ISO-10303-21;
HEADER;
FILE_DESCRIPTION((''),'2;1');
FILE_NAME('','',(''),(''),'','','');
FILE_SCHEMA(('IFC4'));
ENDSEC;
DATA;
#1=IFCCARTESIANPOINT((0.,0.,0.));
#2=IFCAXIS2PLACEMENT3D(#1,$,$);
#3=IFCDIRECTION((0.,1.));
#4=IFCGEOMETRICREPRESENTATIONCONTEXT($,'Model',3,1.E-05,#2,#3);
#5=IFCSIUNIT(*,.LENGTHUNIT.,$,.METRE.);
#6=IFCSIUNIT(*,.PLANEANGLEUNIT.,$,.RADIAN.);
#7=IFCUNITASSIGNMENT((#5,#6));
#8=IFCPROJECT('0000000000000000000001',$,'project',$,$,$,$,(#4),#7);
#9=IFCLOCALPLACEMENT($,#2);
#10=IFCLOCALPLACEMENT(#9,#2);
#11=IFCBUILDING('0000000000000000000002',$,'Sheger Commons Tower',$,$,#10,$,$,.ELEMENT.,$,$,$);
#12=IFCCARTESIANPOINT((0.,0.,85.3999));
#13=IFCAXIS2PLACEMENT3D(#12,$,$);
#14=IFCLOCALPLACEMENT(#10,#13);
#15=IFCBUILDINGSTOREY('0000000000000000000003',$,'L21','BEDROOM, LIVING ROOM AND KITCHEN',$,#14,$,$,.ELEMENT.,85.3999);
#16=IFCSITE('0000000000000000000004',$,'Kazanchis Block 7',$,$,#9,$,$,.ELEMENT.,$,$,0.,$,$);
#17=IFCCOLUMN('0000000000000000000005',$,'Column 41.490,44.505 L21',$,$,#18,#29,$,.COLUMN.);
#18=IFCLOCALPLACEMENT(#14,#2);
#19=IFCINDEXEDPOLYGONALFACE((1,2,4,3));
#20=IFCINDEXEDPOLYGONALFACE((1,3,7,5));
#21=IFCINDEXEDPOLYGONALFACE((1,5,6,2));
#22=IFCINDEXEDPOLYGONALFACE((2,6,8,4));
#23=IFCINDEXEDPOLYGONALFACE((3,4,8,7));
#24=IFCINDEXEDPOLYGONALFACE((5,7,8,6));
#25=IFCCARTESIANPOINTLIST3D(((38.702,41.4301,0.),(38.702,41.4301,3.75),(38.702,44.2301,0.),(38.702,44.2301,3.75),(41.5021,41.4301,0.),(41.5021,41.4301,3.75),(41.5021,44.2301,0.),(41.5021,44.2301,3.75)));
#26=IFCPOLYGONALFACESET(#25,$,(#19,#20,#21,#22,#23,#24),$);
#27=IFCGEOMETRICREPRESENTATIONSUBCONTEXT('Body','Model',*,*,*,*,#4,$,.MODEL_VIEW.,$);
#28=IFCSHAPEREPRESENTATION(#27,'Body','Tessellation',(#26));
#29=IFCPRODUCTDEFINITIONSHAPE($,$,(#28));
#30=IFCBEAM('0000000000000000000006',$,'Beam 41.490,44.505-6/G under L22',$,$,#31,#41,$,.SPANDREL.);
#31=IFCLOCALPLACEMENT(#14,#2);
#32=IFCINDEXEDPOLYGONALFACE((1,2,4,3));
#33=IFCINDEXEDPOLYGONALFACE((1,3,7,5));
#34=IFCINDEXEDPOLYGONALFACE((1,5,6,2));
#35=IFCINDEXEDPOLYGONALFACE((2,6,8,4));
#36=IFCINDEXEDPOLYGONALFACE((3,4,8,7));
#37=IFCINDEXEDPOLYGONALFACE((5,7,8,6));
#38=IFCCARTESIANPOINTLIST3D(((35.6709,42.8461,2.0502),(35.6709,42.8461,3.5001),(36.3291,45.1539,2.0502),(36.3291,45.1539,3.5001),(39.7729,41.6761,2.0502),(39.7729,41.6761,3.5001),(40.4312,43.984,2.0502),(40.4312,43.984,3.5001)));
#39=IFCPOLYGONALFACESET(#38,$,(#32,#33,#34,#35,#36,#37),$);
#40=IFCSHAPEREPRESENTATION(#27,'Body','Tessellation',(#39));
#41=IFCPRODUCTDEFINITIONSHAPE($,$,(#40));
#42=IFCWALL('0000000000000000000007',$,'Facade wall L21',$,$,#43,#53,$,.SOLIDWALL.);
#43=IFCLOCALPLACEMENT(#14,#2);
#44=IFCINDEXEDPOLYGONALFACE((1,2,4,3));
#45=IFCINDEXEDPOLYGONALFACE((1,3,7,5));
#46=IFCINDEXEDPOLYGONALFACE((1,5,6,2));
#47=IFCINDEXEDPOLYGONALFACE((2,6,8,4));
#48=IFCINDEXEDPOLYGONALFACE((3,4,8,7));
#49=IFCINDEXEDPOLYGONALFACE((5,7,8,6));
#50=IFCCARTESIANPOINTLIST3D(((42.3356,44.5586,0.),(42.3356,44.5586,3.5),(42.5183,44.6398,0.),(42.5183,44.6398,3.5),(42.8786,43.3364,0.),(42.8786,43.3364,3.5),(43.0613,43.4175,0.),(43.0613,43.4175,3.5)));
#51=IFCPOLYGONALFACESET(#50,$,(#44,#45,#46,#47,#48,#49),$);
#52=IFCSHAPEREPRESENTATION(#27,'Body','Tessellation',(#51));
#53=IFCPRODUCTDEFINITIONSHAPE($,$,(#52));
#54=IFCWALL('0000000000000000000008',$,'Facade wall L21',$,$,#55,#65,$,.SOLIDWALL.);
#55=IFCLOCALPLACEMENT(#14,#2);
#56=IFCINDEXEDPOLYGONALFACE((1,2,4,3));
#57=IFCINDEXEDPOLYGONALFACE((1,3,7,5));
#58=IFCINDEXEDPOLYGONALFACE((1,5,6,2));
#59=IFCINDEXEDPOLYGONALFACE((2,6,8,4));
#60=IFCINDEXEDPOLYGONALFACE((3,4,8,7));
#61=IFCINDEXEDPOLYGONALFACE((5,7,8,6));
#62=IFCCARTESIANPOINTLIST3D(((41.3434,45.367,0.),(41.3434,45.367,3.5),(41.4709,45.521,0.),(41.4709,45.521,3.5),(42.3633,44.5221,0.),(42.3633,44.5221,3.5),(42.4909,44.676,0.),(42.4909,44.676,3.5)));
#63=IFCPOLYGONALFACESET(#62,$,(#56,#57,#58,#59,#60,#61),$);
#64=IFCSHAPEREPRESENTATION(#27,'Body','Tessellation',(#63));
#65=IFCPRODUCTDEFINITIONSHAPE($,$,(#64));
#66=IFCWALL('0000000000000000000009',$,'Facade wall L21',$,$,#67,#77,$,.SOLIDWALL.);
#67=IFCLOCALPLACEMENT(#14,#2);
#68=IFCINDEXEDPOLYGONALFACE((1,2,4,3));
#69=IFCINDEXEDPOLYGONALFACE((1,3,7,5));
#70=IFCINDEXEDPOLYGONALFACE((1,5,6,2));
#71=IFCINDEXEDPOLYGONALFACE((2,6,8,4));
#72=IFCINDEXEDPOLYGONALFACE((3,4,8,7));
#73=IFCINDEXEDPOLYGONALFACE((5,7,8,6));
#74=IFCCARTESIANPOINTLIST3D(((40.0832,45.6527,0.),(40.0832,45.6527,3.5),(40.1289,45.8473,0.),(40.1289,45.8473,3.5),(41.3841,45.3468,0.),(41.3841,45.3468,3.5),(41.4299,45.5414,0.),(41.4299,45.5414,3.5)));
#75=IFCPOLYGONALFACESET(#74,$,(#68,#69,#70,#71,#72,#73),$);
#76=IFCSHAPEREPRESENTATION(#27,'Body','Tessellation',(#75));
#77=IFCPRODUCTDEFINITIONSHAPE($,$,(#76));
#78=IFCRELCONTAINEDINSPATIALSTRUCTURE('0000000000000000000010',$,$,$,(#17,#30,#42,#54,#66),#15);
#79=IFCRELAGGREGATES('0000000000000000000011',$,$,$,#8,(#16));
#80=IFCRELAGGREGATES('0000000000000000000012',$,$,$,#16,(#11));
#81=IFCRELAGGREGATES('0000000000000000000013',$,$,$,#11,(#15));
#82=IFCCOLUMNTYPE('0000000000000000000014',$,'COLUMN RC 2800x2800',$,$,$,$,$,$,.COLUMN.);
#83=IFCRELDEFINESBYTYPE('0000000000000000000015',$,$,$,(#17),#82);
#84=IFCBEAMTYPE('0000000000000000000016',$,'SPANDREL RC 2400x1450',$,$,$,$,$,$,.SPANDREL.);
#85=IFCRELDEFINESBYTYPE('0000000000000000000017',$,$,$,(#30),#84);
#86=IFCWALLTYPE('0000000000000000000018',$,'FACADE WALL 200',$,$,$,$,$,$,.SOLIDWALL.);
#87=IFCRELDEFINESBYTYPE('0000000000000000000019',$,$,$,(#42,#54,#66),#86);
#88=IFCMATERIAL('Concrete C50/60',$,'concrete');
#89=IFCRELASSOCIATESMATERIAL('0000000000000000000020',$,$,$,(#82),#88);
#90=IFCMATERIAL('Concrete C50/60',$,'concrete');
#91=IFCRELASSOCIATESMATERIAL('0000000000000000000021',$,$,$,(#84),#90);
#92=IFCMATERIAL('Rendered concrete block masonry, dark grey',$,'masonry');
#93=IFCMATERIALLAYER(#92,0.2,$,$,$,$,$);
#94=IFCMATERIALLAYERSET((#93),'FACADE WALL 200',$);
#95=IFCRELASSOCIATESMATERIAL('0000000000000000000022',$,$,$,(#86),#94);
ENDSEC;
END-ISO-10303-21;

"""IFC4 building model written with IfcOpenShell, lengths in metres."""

from ifc_helpers import new_model, si_unit, direction, frame, frame_2d, origin, origin_2d, place, context, subcontext, project, spatial, rectangle, extrude, material, layer, layer_set, material_profile, profile_set, type_object, element, save


model = new_model("IFC4")

# Units and contexts
model_context = context("Model", 3, precision=1e-05, world=origin(), true_north=direction((0.0, 1.0)))
body_context = subcontext(model_context, "Body", "Model", "MODEL_VIEW")
ifc_project = project(units=[si_unit("LENGTHUNIT", "METRE"), si_unit("PLANEANGLEUNIT", "RADIAN")], contexts=[model_context])

# Site, building, storey
site_placement = place(None, origin())
site = spatial("IfcSite", under=ifc_project, at=site_placement, Name="Kazanchis Block 7", CompositionType="ELEMENT", RefElevation=0.0)
building_placement = place(site_placement, origin())
building = spatial("IfcBuilding", under=site, at=building_placement, Name="Sheger Commons Tower", CompositionType="ELEMENT")
storey_placement = place(building_placement, frame((0.0, 0.0, 85.3999)))
storey = spatial("IfcBuildingStorey", under=building, at=storey_placement, Name="L21", Description="BEDROOM, LIVING ROOM AND KITCHEN", CompositionType="ELEMENT", Elevation=85.3999)

# Column
ifc_material_1 = material(Name="Concrete C50/60", Category="concrete")
ifc_material_profile_1 = material_profile(ifc_material_1, rectangle(XDim=2.8, YDim=2.8, at=origin_2d()), Name="RC 2800x2800")
ifc_profile_set_1 = profile_set([ifc_material_profile_1], Name="Concrete C50/60")
column_type = type_object("IfcColumnType", Name="COLUMN RC 2800x2800", PredefinedType="COLUMN", material=ifc_profile_set_1)
column_placement = place(storey_placement, frame((40.1021, 42.8301, 0.0), z_axis=(0.0, 0.0, 1.0), x_axis=(1.0, 0.0, 0.0)))
element("IfcColumn", 1, at=column_placement, inside=storey, type_object=column_type, Name="Column 41.490,44.505 L21", PredefinedType="COLUMN", context=body_context, shape_type="SweptSolid", body=[
    extrude(rectangle(XDim=2.8, YDim=2.8, at=origin_2d()), origin(), (0.0, 0.0, 1.0), 3.75),
])

# Beam
ifc_material_2 = material(Name="Concrete C50/60", Category="concrete")
ifc_material_profile_2 = material_profile(ifc_material_2, rectangle(XDim=2.3999, YDim=1.45, at=origin_2d()), Name="RC 2400x1450")
ifc_profile_set_2 = profile_set([ifc_material_profile_2], Name="Concrete C50/60")
beam_type = type_object("IfcBeamType", Name="SPANDREL RC 2400x1450", PredefinedType="SPANDREL", material=ifc_profile_set_2)
beam_placement = place(storey_placement, frame((40.1021, 42.8301, 2.7751), z_axis=(-0.961653, 0.274268, 0.0), x_axis=(-0.274268, -0.961653, 0.0)))
element("IfcBeam", 2, at=beam_placement, inside=storey, type_object=beam_type, Name="Beam 41.490,44.505-6/G under L22", PredefinedType="SPANDREL", context=body_context, shape_type="SweptSolid", body=[
    extrude(rectangle(XDim=2.3999, YDim=1.45, at=origin_2d()), origin(), (0.0, 0.0, 1.0), 4.2656),
])

# Walls
ifc_material_3 = material(Name="Rendered concrete block masonry, dark grey", Category="masonry")
ifc_layer_1 = layer(ifc_material_3, 0.2)
ifc_layer_set_1 = layer_set([ifc_layer_1], Name="FACADE WALL 200")
wall_type_1 = type_object("IfcWallType", Name="FACADE WALL 200", PredefinedType="SOLIDWALL", material=ifc_layer_set_1)
wall_1_placement = place(storey_placement, frame((42.97, 43.377, 0.0), z_axis=(0.0, 0.0, 1.0), x_axis=(-0.406003, 0.913872, 0.0)))
element("IfcWall", 3, at=wall_1_placement, inside=storey, type_object=wall_type_1, Name="Facade wall L21", PredefinedType="SOLIDWALL", context=body_context, shape_type="SweptSolid", body=[
    extrude(rectangle(XDim=1.3374, YDim=0.2, at=frame_2d((0.6687, 0.0))), origin(), (0.0, 0.0, 1.0), 3.5),
])
wall_2_placement = place(storey_placement, frame((42.427, 44.5991, 0.0), z_axis=(0.0, 0.0, 1.0), x_axis=(-0.770091, 0.637934, 0.0)))
element("IfcWall", 4, at=wall_2_placement, inside=storey, type_object=wall_type_1, Name="Facade wall L21", PredefinedType="SOLIDWALL", context=body_context, shape_type="SweptSolid", body=[
    extrude(rectangle(XDim=1.3245, YDim=0.2, at=frame_2d((0.6621, 0.0))), origin(), (0.0, 0.0, 1.0), 3.5),
])
wall_3_placement = place(storey_placement, frame((41.407, 45.4441, 0.0), z_axis=(0.0, 0.0, 1.0), x_axis=(-0.973453, 0.228887, 0.0)))
element("IfcWall", 5, at=wall_3_placement, inside=storey, type_object=wall_type_1, Name="Facade wall L21", PredefinedType="SOLIDWALL", context=body_context, shape_type="SweptSolid", body=[
    extrude(rectangle(XDim=1.3364, YDim=0.2, at=frame_2d((0.6682, 0.0))), origin(), (0.0, 0.0, 1.0), 3.5),
])

save(model, "model.ifc")
